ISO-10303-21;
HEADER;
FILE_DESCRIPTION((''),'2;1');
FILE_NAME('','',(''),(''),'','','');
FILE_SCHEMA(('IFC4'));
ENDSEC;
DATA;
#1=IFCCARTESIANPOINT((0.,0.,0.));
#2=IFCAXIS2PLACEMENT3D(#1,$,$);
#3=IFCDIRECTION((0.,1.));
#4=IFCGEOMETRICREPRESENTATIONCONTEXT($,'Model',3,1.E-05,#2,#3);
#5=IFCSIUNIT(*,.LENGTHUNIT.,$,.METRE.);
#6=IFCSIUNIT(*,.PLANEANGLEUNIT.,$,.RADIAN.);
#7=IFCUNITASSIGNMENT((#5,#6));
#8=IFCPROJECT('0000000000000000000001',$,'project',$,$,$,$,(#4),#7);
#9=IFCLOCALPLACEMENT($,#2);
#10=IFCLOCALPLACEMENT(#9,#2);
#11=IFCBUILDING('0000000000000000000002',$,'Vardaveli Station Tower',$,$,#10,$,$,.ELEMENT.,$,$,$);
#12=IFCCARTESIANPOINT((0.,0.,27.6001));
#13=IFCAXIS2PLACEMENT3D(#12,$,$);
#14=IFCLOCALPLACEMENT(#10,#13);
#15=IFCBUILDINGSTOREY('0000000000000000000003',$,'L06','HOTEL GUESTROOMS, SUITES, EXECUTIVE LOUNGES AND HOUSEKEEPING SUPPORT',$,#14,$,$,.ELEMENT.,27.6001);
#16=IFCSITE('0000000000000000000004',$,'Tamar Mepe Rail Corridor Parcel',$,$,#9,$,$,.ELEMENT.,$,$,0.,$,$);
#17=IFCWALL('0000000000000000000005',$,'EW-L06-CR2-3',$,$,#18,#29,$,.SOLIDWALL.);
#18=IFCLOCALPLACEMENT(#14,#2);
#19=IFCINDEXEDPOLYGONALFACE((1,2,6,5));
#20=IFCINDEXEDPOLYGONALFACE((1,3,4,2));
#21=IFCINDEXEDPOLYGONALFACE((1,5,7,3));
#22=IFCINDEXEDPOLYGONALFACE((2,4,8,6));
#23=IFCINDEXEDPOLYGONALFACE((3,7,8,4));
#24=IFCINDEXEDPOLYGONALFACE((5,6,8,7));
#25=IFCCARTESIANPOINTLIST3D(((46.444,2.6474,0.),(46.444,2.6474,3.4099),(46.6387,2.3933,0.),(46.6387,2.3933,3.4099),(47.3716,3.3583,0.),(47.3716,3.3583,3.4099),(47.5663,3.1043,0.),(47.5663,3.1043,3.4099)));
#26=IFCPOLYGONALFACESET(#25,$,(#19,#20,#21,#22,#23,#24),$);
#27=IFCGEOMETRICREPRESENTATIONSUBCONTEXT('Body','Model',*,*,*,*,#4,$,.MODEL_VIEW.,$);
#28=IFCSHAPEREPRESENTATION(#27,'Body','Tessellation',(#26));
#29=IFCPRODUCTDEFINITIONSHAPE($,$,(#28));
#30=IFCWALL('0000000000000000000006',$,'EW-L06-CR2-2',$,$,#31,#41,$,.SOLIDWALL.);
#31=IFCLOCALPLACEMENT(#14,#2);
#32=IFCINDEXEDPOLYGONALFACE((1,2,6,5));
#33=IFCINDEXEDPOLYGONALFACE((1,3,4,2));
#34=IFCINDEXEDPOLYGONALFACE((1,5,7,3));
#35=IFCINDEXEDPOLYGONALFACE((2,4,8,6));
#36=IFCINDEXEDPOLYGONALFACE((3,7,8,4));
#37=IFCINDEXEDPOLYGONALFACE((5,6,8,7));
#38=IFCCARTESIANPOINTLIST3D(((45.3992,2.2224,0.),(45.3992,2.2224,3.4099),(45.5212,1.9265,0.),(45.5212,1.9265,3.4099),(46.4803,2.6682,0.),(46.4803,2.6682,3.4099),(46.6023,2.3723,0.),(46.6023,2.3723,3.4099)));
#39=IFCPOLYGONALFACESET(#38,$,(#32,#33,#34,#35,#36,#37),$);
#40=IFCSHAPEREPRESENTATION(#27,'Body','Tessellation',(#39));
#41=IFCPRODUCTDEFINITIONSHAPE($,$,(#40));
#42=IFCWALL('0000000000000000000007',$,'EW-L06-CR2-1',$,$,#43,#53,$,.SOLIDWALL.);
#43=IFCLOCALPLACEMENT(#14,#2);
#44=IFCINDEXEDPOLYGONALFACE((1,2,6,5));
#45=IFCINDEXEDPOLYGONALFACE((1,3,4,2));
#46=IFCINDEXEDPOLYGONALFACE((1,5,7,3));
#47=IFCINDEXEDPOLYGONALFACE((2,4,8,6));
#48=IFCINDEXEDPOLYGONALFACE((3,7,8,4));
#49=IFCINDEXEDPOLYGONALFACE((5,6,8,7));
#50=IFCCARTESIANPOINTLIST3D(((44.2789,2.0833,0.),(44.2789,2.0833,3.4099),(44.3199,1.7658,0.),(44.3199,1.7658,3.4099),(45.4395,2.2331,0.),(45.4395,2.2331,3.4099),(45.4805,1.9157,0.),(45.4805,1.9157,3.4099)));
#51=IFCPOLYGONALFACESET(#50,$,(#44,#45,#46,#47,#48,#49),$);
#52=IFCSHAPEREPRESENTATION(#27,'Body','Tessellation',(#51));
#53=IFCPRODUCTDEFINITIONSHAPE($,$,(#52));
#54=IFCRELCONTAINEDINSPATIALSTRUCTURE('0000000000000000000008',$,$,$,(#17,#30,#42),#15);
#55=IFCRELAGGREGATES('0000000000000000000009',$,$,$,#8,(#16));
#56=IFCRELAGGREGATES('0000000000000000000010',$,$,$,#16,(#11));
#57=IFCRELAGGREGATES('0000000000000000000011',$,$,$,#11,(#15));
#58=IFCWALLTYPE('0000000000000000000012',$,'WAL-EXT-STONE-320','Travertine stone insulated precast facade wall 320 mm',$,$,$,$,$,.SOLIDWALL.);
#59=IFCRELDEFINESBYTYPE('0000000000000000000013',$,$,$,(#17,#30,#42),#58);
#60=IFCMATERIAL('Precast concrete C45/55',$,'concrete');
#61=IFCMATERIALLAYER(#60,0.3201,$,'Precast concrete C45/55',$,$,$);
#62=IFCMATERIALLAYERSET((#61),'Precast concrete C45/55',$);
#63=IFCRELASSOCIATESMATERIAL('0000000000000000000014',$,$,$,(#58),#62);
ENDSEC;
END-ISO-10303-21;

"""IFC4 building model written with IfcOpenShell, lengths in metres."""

from ifc_helpers import new_model, si_unit, direction, frame, frame_2d, origin, place, context, subcontext, project, spatial, rectangle, extrude, source, transform, mapped, material, layer, layer_set, type_object, element, save


model = new_model("IFC4")

# Units and contexts
model_context = context("Model", 3, precision=1e-05, world=origin(), true_north=direction((0.0, 1.0)))
body_context = subcontext(model_context, "Body", "Model", "MODEL_VIEW")
ifc_project = project(units=[si_unit("LENGTHUNIT", "METRE"), si_unit("PLANEANGLEUNIT", "RADIAN")], contexts=[model_context])

# Site, building, storey
site_placement = place(None, origin())
site = spatial("IfcSite", under=ifc_project, at=site_placement, Name="Tamar Mepe Rail Corridor Parcel", CompositionType="ELEMENT", RefElevation=0.0)
building_placement = place(site_placement, origin())
building = spatial("IfcBuilding", under=site, at=building_placement, Name="Vardaveli Station Tower", CompositionType="ELEMENT")
storey_placement = place(building_placement, frame((0.0, 0.0, 27.6001)))
storey = spatial("IfcBuildingStorey", under=building, at=storey_placement, Name="L06", Description="HOTEL GUESTROOMS, SUITES, EXECUTIVE LOUNGES AND HOUSEKEEPING SUPPORT", CompositionType="ELEMENT", Elevation=27.6001)

# Shared definitions
ifc_material_1 = material(Name="Precast concrete C45/55", Category="concrete")

# Shared definitions
ifc_layer_1 = layer(ifc_material_1, 0.3201, Name="Precast concrete C45/55")
ifc_layer_set_1 = layer_set([ifc_layer_1], Name="Precast concrete C45/55")
wall_type_1 = type_object("IfcWallType", Name="WAL-EXT-STONE-320", Description="Travertine stone insulated precast facade wall 320 mm", PredefinedType="SOLIDWALL", material=ifc_layer_set_1)

# Walls
shared_shape_1 = source(origin(), body_context, "Body", "SweptSolid", [
    extrude(rectangle(XDim=1.1687, YDim=0.3201, at=frame_2d((0.5845, 0.0))), origin(), (0.0, 0.0, 1.0), 3.4099),
])
wall_1_placement = place(storey_placement, frame((46.5413, 2.5203, 0.0), z_axis=(0.0, 0.0, 1.0), x_axis=(0.793664, 0.608357, 0.0)))
element("IfcWall", 1, at=wall_1_placement, inside=storey, type_object=wall_type_1, Name="EW-L06-CR2-3", PredefinedType="SOLIDWALL", context=body_context, shape_type="MappedRepresentation", body=[
    mapped(shared_shape_1, transform((0.0, 0.0, 0.0), scale=1.0)),
])
shared_shape_2 = source(origin(), body_context, "Body", "SweptSolid", [
    extrude(rectangle(XDim=1.1694, YDim=0.3201, at=frame_2d((0.5847, 0.0))), origin(), (0.0, 0.0, 1.0), 3.4099),
])
wall_2_placement = place(storey_placement, frame((45.4602, 2.0745, 0.0), z_axis=(0.0, 0.0, 1.0), x_axis=(0.924479, 0.381233, 0.0)))
element("IfcWall", 2, at=wall_2_placement, inside=storey, type_object=wall_type_1, Name="EW-L06-CR2-2", PredefinedType="SOLIDWALL", context=body_context, shape_type="MappedRepresentation", body=[
    mapped(shared_shape_2, transform((0.0, 0.0, 0.0), scale=1.0)),
])
shared_shape_3 = source(origin(), body_context, "Body", "SweptSolid", [
    extrude(rectangle(XDim=1.1702, YDim=0.3201, at=frame_2d((0.585, 0.0))), origin(), (0.0, 0.0, 1.0), 3.4099),
])
wall_3_placement = place(storey_placement, frame((44.2996, 1.9246, 0.0), z_axis=(0.0, 0.0, 1.0), x_axis=(0.991762, 0.12809, 0.0)))
element("IfcWall", 3, at=wall_3_placement, inside=storey, type_object=wall_type_1, Name="EW-L06-CR2-1", PredefinedType="SOLIDWALL", context=body_context, shape_type="MappedRepresentation", body=[
    mapped(shared_shape_3, transform((0.0, 0.0, 0.0), scale=1.0)),
])

save(model, "model.ifc")
